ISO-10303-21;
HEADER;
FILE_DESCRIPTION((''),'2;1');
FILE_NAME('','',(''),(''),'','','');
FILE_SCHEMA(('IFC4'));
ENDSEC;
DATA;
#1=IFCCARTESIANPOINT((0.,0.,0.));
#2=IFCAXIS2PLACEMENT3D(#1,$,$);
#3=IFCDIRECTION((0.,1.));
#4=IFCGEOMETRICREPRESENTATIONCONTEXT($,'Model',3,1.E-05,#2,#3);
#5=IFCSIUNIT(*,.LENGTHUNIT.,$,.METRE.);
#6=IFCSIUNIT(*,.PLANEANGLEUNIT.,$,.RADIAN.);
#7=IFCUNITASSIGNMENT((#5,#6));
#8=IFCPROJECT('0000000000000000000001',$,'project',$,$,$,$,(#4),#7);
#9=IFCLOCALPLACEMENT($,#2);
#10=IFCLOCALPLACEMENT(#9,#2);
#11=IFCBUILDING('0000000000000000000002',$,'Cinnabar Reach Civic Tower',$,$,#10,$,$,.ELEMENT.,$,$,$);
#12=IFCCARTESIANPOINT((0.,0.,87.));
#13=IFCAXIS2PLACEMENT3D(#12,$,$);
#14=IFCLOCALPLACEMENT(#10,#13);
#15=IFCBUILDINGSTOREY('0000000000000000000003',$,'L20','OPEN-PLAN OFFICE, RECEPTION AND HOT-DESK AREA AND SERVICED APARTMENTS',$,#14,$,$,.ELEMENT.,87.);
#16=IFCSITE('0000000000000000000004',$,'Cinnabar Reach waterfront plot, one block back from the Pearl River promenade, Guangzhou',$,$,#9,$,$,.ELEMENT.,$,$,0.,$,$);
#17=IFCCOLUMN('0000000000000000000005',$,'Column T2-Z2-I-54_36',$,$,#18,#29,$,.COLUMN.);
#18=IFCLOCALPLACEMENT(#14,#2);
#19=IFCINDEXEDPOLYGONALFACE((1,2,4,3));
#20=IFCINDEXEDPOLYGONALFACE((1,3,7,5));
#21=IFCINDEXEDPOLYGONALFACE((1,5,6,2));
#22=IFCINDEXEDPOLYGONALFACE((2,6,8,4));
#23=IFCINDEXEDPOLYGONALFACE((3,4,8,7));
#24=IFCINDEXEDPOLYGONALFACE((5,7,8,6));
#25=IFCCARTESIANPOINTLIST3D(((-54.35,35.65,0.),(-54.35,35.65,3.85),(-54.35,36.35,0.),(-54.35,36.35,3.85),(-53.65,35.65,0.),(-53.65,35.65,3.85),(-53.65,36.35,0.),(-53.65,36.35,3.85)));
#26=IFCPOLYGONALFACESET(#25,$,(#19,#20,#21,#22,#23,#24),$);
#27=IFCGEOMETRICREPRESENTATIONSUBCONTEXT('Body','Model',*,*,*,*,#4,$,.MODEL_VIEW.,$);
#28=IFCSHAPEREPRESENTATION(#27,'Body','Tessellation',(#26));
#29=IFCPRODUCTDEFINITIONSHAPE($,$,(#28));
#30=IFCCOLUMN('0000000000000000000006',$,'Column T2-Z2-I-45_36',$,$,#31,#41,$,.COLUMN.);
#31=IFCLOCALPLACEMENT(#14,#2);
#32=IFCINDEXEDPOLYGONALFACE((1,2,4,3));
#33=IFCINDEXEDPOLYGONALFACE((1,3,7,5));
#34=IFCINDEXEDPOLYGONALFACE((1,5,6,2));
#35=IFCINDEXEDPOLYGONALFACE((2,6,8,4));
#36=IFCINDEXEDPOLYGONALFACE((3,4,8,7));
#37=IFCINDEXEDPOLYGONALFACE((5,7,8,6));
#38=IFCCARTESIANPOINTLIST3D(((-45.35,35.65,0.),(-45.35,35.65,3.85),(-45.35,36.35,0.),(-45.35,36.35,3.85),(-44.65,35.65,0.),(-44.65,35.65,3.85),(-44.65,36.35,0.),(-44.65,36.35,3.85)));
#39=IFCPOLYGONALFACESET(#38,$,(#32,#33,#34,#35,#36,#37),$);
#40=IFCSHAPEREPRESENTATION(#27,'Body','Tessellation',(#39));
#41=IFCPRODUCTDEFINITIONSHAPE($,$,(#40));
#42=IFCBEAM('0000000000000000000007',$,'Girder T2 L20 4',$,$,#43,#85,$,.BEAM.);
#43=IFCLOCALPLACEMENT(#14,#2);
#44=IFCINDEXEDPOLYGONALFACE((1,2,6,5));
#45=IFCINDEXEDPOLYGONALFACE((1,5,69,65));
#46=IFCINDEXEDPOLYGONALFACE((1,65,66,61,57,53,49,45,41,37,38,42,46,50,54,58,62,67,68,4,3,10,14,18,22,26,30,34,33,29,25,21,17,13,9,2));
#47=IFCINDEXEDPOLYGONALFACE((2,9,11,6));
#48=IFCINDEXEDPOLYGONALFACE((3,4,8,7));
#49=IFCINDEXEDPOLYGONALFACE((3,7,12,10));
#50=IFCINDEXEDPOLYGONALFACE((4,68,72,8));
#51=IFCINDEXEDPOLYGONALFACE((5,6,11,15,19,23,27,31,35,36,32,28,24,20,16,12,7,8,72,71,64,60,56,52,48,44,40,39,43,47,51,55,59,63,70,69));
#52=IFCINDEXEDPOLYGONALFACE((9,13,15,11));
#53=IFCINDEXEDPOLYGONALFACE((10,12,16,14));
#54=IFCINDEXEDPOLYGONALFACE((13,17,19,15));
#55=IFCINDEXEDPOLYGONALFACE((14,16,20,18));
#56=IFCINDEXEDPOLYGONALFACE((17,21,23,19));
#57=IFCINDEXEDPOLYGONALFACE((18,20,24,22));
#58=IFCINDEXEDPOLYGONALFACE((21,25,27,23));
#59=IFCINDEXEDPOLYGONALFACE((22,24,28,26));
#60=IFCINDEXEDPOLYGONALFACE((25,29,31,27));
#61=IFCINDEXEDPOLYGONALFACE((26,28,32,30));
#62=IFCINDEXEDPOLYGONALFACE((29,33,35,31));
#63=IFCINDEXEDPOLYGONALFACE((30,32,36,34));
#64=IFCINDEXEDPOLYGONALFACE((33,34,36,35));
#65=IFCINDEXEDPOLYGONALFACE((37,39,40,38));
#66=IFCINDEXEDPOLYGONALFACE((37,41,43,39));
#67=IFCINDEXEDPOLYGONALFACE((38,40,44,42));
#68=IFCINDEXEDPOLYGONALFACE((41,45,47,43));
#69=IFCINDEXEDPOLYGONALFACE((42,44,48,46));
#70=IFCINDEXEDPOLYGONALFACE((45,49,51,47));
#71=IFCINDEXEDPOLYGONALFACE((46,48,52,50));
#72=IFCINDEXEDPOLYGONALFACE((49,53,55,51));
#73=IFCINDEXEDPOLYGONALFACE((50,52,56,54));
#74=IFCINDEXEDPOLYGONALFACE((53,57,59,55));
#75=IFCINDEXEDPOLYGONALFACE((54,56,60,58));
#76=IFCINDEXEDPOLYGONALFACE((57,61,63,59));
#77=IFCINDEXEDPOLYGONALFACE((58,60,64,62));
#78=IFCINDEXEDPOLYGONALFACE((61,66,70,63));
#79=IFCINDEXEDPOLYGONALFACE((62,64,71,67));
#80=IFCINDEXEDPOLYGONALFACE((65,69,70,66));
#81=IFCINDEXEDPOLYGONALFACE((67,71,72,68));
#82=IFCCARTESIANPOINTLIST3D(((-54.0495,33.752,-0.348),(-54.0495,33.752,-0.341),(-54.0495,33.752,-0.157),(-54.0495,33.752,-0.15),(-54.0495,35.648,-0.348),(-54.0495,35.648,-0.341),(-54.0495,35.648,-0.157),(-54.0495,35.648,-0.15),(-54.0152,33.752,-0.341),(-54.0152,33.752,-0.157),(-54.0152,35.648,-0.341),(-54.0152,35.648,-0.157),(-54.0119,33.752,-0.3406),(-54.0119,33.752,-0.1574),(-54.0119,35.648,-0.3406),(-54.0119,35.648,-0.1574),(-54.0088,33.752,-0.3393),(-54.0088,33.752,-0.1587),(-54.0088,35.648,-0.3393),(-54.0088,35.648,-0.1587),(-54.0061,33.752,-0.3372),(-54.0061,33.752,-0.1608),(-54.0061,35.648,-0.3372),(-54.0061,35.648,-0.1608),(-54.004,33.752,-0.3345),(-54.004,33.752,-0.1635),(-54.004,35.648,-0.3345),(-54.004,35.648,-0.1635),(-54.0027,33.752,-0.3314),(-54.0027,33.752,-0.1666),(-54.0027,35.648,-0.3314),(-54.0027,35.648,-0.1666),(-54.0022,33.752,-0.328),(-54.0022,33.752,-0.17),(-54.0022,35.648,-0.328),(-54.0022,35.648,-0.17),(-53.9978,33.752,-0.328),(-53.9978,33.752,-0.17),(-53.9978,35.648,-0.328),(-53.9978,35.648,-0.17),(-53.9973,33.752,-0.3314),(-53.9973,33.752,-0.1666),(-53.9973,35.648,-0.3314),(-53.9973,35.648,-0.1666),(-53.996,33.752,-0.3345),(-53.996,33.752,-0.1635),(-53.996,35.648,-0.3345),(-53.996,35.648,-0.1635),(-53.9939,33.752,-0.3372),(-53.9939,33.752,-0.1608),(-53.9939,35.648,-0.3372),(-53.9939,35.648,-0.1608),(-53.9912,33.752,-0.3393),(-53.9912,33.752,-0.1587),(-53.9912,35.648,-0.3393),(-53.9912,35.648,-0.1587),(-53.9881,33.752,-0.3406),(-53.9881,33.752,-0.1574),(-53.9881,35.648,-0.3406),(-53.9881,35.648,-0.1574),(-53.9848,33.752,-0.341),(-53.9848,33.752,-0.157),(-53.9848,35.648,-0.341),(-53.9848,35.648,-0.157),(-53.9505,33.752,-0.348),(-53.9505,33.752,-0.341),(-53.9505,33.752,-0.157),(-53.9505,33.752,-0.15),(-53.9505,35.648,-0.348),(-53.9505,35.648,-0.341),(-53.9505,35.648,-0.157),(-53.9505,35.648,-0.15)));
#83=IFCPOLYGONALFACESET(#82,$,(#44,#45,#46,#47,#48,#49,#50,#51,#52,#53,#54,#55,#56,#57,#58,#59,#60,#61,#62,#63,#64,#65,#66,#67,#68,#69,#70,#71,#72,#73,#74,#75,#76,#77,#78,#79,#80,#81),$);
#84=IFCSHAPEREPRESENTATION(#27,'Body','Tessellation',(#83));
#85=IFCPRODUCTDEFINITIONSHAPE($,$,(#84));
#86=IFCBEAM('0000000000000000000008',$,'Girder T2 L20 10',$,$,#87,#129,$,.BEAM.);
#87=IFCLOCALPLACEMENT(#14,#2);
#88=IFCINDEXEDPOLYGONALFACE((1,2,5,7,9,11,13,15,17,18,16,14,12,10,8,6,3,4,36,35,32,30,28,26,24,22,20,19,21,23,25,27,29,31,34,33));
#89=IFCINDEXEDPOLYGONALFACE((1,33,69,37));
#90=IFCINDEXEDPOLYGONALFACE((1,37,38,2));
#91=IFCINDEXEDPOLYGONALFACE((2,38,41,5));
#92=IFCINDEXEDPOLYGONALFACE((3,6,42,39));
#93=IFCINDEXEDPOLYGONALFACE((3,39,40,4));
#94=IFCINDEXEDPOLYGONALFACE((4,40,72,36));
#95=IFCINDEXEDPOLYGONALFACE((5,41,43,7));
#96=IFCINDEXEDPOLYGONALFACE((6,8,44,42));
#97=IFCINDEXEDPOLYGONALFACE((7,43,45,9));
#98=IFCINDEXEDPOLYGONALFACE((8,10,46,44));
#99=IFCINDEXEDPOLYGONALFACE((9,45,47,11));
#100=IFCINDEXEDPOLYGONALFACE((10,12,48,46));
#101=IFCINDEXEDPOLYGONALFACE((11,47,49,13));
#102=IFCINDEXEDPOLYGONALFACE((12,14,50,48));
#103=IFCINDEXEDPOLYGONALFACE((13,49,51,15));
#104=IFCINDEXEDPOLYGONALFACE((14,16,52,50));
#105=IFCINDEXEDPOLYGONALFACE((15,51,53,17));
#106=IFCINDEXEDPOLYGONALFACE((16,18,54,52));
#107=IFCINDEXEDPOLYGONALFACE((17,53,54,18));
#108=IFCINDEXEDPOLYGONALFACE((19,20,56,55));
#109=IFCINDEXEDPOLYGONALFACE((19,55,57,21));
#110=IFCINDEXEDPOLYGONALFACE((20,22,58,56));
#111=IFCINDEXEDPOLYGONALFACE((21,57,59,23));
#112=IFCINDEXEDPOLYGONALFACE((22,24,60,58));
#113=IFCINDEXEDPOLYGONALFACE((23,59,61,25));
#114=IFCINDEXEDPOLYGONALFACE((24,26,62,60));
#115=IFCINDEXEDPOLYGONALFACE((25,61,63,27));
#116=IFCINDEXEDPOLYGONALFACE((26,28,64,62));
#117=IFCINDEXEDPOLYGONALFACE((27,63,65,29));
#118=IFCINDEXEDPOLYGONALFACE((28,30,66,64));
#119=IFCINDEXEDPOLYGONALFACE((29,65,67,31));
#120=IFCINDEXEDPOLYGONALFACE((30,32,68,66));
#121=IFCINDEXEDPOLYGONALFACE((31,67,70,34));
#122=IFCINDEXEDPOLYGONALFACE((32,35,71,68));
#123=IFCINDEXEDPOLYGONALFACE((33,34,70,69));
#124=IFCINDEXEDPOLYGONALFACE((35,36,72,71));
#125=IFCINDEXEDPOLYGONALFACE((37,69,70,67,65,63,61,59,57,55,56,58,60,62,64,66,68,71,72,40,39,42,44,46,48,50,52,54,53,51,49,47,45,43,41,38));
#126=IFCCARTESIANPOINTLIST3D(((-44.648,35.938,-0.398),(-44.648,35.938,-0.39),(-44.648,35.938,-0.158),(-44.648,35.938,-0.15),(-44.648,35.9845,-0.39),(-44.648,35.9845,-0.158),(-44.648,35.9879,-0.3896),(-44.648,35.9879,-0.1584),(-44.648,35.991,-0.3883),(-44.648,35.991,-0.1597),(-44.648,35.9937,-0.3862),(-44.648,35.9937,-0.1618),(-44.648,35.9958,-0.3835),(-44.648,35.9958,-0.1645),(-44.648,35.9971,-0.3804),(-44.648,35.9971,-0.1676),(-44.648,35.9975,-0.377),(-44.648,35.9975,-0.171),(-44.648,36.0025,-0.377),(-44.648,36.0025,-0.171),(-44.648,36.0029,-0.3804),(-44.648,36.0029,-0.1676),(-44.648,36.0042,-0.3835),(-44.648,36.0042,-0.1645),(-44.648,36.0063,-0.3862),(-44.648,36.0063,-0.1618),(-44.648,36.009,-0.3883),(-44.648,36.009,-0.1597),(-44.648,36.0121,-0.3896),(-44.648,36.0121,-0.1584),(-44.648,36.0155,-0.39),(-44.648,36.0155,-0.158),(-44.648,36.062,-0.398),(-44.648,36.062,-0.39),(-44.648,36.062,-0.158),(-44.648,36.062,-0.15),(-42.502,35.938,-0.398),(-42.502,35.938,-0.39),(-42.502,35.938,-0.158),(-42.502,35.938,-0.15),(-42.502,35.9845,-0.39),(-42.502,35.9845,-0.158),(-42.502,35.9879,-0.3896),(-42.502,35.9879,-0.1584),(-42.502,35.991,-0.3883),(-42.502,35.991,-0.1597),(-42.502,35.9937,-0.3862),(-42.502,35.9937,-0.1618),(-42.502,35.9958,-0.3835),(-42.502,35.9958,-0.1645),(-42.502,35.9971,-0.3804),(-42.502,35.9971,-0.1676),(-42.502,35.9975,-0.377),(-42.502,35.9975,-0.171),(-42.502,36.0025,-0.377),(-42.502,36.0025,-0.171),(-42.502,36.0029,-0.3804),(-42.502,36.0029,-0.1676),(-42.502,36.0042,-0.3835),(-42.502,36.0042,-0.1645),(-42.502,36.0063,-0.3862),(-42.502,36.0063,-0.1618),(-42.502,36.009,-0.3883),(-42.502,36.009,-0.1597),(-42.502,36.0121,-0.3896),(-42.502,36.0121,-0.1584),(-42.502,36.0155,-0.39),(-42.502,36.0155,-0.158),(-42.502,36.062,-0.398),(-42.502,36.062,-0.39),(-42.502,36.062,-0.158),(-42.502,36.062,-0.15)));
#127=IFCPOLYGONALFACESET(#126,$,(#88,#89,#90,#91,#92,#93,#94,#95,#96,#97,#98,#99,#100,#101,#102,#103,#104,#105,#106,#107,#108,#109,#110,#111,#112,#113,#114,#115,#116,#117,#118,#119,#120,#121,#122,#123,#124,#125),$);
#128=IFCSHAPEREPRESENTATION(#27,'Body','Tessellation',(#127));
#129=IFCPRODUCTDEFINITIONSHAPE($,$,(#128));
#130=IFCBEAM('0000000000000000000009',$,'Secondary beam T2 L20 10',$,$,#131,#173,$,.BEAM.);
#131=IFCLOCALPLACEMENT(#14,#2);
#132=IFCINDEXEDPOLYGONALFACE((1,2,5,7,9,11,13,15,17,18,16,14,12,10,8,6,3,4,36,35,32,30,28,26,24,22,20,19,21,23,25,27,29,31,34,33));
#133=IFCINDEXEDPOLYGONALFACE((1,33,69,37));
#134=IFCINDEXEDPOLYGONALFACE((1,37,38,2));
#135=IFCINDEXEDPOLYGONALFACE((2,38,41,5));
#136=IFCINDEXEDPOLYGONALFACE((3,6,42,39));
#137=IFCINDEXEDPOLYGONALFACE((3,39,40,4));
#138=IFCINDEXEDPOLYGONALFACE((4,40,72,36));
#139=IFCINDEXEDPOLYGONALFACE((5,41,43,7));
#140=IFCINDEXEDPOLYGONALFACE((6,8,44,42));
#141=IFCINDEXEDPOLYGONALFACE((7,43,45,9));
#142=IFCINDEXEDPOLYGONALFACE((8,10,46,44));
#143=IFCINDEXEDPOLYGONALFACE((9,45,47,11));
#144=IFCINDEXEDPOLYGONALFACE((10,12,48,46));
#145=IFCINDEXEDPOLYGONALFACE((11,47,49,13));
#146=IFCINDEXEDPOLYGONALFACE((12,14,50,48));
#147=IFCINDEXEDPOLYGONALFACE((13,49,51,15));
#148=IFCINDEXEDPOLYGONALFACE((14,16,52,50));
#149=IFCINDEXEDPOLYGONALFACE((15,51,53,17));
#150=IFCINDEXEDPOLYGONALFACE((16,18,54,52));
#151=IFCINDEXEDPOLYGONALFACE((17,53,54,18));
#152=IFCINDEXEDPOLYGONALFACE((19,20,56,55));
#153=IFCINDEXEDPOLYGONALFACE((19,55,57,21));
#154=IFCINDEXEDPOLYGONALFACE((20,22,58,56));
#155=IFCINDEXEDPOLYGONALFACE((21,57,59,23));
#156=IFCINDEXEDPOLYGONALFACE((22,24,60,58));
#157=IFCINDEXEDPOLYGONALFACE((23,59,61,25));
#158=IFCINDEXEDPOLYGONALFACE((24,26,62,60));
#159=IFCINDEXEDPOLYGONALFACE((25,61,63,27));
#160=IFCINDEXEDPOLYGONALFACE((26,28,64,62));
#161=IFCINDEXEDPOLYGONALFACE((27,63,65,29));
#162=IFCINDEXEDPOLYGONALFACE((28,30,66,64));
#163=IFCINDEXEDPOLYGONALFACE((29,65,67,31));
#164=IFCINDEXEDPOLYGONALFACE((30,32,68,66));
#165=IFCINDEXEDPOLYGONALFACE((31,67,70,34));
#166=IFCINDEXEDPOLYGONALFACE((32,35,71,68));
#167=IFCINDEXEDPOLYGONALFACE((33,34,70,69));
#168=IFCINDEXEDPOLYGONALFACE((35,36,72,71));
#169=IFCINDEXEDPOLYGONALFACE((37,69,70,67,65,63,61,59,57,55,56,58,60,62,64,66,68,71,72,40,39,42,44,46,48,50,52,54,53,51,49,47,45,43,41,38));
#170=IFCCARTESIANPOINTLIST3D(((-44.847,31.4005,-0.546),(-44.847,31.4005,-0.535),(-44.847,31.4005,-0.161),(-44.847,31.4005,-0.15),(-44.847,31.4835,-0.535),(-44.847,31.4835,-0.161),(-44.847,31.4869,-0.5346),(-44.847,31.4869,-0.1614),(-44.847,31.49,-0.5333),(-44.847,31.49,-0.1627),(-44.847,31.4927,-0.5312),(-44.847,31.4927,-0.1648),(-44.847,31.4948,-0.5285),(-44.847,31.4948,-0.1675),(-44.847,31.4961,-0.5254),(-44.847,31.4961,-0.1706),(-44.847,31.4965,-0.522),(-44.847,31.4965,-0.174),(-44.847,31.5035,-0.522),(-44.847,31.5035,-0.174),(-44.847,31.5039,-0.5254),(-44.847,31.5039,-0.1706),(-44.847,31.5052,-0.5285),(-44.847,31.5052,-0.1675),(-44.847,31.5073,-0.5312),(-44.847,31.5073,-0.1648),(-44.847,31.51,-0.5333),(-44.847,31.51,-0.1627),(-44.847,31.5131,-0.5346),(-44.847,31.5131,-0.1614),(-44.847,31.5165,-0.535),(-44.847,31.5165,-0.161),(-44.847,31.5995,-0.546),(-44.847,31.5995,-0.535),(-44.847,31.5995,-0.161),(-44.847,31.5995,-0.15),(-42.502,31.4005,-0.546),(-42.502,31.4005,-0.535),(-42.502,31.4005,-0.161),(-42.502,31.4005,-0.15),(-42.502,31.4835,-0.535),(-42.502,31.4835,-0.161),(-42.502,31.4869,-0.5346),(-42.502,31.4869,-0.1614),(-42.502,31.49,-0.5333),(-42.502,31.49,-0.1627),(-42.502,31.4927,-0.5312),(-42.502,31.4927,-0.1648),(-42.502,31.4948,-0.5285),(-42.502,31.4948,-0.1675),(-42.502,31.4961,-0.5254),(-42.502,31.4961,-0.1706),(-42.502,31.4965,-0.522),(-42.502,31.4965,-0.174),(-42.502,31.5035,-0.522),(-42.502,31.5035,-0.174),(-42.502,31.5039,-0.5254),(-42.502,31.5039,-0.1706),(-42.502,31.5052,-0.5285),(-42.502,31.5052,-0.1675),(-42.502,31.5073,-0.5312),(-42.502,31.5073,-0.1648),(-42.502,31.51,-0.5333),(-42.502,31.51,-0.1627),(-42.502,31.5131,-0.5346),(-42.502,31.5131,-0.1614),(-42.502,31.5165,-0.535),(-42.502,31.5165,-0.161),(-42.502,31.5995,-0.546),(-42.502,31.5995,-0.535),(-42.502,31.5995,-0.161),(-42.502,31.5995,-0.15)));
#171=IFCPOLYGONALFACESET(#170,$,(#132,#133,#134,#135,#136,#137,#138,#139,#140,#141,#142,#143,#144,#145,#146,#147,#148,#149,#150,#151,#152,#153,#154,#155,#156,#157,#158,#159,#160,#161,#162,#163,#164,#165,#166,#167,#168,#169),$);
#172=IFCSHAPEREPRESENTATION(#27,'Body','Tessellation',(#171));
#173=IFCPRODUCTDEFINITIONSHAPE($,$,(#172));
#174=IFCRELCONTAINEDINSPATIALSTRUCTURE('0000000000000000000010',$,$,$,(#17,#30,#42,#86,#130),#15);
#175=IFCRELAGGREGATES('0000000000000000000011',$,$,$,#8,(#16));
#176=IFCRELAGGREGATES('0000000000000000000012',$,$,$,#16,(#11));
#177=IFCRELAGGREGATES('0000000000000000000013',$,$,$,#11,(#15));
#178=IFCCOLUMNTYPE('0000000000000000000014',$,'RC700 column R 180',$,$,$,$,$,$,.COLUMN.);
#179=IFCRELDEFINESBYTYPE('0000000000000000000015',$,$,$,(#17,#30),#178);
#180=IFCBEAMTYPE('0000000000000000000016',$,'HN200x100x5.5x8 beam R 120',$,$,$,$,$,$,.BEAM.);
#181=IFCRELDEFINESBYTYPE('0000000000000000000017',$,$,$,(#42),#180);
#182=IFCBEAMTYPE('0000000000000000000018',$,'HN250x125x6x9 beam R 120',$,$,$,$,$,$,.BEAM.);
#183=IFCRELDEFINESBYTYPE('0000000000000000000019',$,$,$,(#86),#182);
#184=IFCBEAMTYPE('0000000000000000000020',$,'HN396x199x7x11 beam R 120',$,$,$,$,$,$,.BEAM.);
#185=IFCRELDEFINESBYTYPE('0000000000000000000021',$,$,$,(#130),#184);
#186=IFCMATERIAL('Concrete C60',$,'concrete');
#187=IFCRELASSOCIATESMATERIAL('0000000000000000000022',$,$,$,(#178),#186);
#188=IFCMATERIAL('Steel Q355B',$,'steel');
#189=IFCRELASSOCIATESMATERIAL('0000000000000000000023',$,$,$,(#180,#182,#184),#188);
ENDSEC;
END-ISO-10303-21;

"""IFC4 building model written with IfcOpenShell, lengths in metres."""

from ifc_helpers import new_model, si_unit, direction, frame, origin, origin_2d, place, context, subcontext, project, spatial, rectangle, i_section, extrude, material, material_profile, profile_set, type_object, element, save


model = new_model("IFC4")

# Units and contexts
model_context = context("Model", 3, precision=1e-05, world=origin(), true_north=direction((0.0, 1.0)))
body_context = subcontext(model_context, "Body", "Model", "MODEL_VIEW")
ifc_project = project(units=[si_unit("LENGTHUNIT", "METRE"), si_unit("PLANEANGLEUNIT", "RADIAN")], contexts=[model_context])

# Site, building, storey
site_placement = place(None, origin())
site = spatial("IfcSite", under=ifc_project, at=site_placement, Name="Cinnabar Reach waterfront plot, one block back from the Pearl River promenade, Guangzhou", CompositionType="ELEMENT", RefElevation=0.0)
building_placement = place(site_placement, origin())
building = spatial("IfcBuilding", under=site, at=building_placement, Name="Cinnabar Reach Civic Tower", CompositionType="ELEMENT")
storey_placement = place(building_placement, frame((0.0, 0.0, 87.0)))
storey = spatial("IfcBuildingStorey", under=building, at=storey_placement, Name="L20", Description="OPEN-PLAN OFFICE, RECEPTION AND HOT-DESK AREA AND SERVICED APARTMENTS", CompositionType="ELEMENT", Elevation=87.0)

# Columns
ifc_material_1 = material(Name="Concrete C60", Category="concrete")
ifc_material_profile_1 = material_profile(ifc_material_1, rectangle(XDim=0.7, YDim=0.7, at=origin_2d()), Name="RC700")
ifc_profile_set_1 = profile_set([ifc_material_profile_1], Name="Concrete C60")
column_type = type_object("IfcColumnType", Name="RC700 column R 180", PredefinedType="COLUMN", material=ifc_profile_set_1)
for number, where, z_axis, x_axis, name in (
    (1, (-54.0, 36.0, 0.0), (0.0, 0.0, 1.0), (1.0, 0.0, 0.0), "Column T2-Z2-I-54_36"),
    (2, (-45.0, 36.0, 0.0), (0.0, 0.0, 1.0), (1.0, 0.0, 0.0), "Column T2-Z2-I-45_36"),
):
    element("IfcColumn", number, at=place(storey_placement, frame(where, z_axis=z_axis, x_axis=x_axis)), inside=storey, type_object=column_type, Name=name, PredefinedType="COLUMN", context=body_context, shape_type="SweptSolid", body=[
        extrude(rectangle(XDim=0.7, YDim=0.7, at=origin_2d()), origin(), (0.0, 0.0, 1.0), 3.85),
    ])

# Beams
ifc_material_2 = material(Name="Steel Q355B", Category="steel")
ifc_material_profile_2 = material_profile(ifc_material_2, i_section(OverallWidth=0.099, OverallDepth=0.198, WebThickness=0.0045, FlangeThickness=0.007, FilletRadius=0.013, at=origin_2d()), Name="HN200x100x5.5x8")
ifc_profile_set_2 = profile_set([ifc_material_profile_2], Name="Steel Q355B")
beam_type_1 = type_object("IfcBeamType", Name="HN200x100x5.5x8 beam R 120", PredefinedType="BEAM", material=ifc_profile_set_2)
beam_1_placement = place(storey_placement, frame((-54.0, 33.752, -0.249), z_axis=(0.0, 1.0, 0.0), x_axis=(-1.0, 0.0, 0.0)))
element("IfcBeam", 3, at=beam_1_placement, inside=storey, type_object=beam_type_1, Name="Girder T2 L20 4", PredefinedType="BEAM", context=body_context, shape_type="SweptSolid", body=[
    extrude(i_section(OverallWidth=0.099, OverallDepth=0.198, WebThickness=0.0045, FlangeThickness=0.007, FilletRadius=0.013, at=origin_2d()), origin(), (0.0, 0.0, 1.0), 1.896),
])
ifc_material_profile_3 = material_profile(ifc_material_2, i_section(OverallWidth=0.124, OverallDepth=0.248, WebThickness=0.005, FlangeThickness=0.008, FilletRadius=0.013, at=origin_2d()), Name="HN250x125x6x9")
ifc_profile_set_3 = profile_set([ifc_material_profile_3], Name="Steel Q355B")
beam_type_2 = type_object("IfcBeamType", Name="HN250x125x6x9 beam R 120", PredefinedType="BEAM", material=ifc_profile_set_3)
beam_2_placement = place(storey_placement, frame((-44.648, 36.0, -0.274), z_axis=(1.0, 0.0, 0.0), x_axis=(0.0, 1.0, 0.0)))
element("IfcBeam", 4, at=beam_2_placement, inside=storey, type_object=beam_type_2, Name="Girder T2 L20 10", PredefinedType="BEAM", context=body_context, shape_type="SweptSolid", body=[
    extrude(i_section(OverallWidth=0.124, OverallDepth=0.248, WebThickness=0.005, FlangeThickness=0.008, FilletRadius=0.013, at=origin_2d()), origin(), (0.0, 0.0, 1.0), 2.146),
])
ifc_material_profile_4 = material_profile(ifc_material_2, i_section(OverallWidth=0.199, OverallDepth=0.396, WebThickness=0.007, FlangeThickness=0.011, FilletRadius=0.013, at=origin_2d()), Name="HN396x199x7x11")
ifc_profile_set_4 = profile_set([ifc_material_profile_4], Name="Steel Q355B")
beam_type_3 = type_object("IfcBeamType", Name="HN396x199x7x11 beam R 120", PredefinedType="BEAM", material=ifc_profile_set_4)
beam_3_placement = place(storey_placement, frame((-44.847, 31.5, -0.348), z_axis=(1.0, 0.0, 0.0), x_axis=(0.0, 1.0, 0.0)))
element("IfcBeam", 5, at=beam_3_placement, inside=storey, type_object=beam_type_3, Name="Secondary beam T2 L20 10", PredefinedType="BEAM", context=body_context, shape_type="SweptSolid", body=[
    extrude(i_section(OverallWidth=0.199, OverallDepth=0.396, WebThickness=0.007, FlangeThickness=0.011, FilletRadius=0.013, at=origin_2d()), origin(), (0.0, 0.0, 1.0), 2.345),
])

save(model, "model.ifc")
